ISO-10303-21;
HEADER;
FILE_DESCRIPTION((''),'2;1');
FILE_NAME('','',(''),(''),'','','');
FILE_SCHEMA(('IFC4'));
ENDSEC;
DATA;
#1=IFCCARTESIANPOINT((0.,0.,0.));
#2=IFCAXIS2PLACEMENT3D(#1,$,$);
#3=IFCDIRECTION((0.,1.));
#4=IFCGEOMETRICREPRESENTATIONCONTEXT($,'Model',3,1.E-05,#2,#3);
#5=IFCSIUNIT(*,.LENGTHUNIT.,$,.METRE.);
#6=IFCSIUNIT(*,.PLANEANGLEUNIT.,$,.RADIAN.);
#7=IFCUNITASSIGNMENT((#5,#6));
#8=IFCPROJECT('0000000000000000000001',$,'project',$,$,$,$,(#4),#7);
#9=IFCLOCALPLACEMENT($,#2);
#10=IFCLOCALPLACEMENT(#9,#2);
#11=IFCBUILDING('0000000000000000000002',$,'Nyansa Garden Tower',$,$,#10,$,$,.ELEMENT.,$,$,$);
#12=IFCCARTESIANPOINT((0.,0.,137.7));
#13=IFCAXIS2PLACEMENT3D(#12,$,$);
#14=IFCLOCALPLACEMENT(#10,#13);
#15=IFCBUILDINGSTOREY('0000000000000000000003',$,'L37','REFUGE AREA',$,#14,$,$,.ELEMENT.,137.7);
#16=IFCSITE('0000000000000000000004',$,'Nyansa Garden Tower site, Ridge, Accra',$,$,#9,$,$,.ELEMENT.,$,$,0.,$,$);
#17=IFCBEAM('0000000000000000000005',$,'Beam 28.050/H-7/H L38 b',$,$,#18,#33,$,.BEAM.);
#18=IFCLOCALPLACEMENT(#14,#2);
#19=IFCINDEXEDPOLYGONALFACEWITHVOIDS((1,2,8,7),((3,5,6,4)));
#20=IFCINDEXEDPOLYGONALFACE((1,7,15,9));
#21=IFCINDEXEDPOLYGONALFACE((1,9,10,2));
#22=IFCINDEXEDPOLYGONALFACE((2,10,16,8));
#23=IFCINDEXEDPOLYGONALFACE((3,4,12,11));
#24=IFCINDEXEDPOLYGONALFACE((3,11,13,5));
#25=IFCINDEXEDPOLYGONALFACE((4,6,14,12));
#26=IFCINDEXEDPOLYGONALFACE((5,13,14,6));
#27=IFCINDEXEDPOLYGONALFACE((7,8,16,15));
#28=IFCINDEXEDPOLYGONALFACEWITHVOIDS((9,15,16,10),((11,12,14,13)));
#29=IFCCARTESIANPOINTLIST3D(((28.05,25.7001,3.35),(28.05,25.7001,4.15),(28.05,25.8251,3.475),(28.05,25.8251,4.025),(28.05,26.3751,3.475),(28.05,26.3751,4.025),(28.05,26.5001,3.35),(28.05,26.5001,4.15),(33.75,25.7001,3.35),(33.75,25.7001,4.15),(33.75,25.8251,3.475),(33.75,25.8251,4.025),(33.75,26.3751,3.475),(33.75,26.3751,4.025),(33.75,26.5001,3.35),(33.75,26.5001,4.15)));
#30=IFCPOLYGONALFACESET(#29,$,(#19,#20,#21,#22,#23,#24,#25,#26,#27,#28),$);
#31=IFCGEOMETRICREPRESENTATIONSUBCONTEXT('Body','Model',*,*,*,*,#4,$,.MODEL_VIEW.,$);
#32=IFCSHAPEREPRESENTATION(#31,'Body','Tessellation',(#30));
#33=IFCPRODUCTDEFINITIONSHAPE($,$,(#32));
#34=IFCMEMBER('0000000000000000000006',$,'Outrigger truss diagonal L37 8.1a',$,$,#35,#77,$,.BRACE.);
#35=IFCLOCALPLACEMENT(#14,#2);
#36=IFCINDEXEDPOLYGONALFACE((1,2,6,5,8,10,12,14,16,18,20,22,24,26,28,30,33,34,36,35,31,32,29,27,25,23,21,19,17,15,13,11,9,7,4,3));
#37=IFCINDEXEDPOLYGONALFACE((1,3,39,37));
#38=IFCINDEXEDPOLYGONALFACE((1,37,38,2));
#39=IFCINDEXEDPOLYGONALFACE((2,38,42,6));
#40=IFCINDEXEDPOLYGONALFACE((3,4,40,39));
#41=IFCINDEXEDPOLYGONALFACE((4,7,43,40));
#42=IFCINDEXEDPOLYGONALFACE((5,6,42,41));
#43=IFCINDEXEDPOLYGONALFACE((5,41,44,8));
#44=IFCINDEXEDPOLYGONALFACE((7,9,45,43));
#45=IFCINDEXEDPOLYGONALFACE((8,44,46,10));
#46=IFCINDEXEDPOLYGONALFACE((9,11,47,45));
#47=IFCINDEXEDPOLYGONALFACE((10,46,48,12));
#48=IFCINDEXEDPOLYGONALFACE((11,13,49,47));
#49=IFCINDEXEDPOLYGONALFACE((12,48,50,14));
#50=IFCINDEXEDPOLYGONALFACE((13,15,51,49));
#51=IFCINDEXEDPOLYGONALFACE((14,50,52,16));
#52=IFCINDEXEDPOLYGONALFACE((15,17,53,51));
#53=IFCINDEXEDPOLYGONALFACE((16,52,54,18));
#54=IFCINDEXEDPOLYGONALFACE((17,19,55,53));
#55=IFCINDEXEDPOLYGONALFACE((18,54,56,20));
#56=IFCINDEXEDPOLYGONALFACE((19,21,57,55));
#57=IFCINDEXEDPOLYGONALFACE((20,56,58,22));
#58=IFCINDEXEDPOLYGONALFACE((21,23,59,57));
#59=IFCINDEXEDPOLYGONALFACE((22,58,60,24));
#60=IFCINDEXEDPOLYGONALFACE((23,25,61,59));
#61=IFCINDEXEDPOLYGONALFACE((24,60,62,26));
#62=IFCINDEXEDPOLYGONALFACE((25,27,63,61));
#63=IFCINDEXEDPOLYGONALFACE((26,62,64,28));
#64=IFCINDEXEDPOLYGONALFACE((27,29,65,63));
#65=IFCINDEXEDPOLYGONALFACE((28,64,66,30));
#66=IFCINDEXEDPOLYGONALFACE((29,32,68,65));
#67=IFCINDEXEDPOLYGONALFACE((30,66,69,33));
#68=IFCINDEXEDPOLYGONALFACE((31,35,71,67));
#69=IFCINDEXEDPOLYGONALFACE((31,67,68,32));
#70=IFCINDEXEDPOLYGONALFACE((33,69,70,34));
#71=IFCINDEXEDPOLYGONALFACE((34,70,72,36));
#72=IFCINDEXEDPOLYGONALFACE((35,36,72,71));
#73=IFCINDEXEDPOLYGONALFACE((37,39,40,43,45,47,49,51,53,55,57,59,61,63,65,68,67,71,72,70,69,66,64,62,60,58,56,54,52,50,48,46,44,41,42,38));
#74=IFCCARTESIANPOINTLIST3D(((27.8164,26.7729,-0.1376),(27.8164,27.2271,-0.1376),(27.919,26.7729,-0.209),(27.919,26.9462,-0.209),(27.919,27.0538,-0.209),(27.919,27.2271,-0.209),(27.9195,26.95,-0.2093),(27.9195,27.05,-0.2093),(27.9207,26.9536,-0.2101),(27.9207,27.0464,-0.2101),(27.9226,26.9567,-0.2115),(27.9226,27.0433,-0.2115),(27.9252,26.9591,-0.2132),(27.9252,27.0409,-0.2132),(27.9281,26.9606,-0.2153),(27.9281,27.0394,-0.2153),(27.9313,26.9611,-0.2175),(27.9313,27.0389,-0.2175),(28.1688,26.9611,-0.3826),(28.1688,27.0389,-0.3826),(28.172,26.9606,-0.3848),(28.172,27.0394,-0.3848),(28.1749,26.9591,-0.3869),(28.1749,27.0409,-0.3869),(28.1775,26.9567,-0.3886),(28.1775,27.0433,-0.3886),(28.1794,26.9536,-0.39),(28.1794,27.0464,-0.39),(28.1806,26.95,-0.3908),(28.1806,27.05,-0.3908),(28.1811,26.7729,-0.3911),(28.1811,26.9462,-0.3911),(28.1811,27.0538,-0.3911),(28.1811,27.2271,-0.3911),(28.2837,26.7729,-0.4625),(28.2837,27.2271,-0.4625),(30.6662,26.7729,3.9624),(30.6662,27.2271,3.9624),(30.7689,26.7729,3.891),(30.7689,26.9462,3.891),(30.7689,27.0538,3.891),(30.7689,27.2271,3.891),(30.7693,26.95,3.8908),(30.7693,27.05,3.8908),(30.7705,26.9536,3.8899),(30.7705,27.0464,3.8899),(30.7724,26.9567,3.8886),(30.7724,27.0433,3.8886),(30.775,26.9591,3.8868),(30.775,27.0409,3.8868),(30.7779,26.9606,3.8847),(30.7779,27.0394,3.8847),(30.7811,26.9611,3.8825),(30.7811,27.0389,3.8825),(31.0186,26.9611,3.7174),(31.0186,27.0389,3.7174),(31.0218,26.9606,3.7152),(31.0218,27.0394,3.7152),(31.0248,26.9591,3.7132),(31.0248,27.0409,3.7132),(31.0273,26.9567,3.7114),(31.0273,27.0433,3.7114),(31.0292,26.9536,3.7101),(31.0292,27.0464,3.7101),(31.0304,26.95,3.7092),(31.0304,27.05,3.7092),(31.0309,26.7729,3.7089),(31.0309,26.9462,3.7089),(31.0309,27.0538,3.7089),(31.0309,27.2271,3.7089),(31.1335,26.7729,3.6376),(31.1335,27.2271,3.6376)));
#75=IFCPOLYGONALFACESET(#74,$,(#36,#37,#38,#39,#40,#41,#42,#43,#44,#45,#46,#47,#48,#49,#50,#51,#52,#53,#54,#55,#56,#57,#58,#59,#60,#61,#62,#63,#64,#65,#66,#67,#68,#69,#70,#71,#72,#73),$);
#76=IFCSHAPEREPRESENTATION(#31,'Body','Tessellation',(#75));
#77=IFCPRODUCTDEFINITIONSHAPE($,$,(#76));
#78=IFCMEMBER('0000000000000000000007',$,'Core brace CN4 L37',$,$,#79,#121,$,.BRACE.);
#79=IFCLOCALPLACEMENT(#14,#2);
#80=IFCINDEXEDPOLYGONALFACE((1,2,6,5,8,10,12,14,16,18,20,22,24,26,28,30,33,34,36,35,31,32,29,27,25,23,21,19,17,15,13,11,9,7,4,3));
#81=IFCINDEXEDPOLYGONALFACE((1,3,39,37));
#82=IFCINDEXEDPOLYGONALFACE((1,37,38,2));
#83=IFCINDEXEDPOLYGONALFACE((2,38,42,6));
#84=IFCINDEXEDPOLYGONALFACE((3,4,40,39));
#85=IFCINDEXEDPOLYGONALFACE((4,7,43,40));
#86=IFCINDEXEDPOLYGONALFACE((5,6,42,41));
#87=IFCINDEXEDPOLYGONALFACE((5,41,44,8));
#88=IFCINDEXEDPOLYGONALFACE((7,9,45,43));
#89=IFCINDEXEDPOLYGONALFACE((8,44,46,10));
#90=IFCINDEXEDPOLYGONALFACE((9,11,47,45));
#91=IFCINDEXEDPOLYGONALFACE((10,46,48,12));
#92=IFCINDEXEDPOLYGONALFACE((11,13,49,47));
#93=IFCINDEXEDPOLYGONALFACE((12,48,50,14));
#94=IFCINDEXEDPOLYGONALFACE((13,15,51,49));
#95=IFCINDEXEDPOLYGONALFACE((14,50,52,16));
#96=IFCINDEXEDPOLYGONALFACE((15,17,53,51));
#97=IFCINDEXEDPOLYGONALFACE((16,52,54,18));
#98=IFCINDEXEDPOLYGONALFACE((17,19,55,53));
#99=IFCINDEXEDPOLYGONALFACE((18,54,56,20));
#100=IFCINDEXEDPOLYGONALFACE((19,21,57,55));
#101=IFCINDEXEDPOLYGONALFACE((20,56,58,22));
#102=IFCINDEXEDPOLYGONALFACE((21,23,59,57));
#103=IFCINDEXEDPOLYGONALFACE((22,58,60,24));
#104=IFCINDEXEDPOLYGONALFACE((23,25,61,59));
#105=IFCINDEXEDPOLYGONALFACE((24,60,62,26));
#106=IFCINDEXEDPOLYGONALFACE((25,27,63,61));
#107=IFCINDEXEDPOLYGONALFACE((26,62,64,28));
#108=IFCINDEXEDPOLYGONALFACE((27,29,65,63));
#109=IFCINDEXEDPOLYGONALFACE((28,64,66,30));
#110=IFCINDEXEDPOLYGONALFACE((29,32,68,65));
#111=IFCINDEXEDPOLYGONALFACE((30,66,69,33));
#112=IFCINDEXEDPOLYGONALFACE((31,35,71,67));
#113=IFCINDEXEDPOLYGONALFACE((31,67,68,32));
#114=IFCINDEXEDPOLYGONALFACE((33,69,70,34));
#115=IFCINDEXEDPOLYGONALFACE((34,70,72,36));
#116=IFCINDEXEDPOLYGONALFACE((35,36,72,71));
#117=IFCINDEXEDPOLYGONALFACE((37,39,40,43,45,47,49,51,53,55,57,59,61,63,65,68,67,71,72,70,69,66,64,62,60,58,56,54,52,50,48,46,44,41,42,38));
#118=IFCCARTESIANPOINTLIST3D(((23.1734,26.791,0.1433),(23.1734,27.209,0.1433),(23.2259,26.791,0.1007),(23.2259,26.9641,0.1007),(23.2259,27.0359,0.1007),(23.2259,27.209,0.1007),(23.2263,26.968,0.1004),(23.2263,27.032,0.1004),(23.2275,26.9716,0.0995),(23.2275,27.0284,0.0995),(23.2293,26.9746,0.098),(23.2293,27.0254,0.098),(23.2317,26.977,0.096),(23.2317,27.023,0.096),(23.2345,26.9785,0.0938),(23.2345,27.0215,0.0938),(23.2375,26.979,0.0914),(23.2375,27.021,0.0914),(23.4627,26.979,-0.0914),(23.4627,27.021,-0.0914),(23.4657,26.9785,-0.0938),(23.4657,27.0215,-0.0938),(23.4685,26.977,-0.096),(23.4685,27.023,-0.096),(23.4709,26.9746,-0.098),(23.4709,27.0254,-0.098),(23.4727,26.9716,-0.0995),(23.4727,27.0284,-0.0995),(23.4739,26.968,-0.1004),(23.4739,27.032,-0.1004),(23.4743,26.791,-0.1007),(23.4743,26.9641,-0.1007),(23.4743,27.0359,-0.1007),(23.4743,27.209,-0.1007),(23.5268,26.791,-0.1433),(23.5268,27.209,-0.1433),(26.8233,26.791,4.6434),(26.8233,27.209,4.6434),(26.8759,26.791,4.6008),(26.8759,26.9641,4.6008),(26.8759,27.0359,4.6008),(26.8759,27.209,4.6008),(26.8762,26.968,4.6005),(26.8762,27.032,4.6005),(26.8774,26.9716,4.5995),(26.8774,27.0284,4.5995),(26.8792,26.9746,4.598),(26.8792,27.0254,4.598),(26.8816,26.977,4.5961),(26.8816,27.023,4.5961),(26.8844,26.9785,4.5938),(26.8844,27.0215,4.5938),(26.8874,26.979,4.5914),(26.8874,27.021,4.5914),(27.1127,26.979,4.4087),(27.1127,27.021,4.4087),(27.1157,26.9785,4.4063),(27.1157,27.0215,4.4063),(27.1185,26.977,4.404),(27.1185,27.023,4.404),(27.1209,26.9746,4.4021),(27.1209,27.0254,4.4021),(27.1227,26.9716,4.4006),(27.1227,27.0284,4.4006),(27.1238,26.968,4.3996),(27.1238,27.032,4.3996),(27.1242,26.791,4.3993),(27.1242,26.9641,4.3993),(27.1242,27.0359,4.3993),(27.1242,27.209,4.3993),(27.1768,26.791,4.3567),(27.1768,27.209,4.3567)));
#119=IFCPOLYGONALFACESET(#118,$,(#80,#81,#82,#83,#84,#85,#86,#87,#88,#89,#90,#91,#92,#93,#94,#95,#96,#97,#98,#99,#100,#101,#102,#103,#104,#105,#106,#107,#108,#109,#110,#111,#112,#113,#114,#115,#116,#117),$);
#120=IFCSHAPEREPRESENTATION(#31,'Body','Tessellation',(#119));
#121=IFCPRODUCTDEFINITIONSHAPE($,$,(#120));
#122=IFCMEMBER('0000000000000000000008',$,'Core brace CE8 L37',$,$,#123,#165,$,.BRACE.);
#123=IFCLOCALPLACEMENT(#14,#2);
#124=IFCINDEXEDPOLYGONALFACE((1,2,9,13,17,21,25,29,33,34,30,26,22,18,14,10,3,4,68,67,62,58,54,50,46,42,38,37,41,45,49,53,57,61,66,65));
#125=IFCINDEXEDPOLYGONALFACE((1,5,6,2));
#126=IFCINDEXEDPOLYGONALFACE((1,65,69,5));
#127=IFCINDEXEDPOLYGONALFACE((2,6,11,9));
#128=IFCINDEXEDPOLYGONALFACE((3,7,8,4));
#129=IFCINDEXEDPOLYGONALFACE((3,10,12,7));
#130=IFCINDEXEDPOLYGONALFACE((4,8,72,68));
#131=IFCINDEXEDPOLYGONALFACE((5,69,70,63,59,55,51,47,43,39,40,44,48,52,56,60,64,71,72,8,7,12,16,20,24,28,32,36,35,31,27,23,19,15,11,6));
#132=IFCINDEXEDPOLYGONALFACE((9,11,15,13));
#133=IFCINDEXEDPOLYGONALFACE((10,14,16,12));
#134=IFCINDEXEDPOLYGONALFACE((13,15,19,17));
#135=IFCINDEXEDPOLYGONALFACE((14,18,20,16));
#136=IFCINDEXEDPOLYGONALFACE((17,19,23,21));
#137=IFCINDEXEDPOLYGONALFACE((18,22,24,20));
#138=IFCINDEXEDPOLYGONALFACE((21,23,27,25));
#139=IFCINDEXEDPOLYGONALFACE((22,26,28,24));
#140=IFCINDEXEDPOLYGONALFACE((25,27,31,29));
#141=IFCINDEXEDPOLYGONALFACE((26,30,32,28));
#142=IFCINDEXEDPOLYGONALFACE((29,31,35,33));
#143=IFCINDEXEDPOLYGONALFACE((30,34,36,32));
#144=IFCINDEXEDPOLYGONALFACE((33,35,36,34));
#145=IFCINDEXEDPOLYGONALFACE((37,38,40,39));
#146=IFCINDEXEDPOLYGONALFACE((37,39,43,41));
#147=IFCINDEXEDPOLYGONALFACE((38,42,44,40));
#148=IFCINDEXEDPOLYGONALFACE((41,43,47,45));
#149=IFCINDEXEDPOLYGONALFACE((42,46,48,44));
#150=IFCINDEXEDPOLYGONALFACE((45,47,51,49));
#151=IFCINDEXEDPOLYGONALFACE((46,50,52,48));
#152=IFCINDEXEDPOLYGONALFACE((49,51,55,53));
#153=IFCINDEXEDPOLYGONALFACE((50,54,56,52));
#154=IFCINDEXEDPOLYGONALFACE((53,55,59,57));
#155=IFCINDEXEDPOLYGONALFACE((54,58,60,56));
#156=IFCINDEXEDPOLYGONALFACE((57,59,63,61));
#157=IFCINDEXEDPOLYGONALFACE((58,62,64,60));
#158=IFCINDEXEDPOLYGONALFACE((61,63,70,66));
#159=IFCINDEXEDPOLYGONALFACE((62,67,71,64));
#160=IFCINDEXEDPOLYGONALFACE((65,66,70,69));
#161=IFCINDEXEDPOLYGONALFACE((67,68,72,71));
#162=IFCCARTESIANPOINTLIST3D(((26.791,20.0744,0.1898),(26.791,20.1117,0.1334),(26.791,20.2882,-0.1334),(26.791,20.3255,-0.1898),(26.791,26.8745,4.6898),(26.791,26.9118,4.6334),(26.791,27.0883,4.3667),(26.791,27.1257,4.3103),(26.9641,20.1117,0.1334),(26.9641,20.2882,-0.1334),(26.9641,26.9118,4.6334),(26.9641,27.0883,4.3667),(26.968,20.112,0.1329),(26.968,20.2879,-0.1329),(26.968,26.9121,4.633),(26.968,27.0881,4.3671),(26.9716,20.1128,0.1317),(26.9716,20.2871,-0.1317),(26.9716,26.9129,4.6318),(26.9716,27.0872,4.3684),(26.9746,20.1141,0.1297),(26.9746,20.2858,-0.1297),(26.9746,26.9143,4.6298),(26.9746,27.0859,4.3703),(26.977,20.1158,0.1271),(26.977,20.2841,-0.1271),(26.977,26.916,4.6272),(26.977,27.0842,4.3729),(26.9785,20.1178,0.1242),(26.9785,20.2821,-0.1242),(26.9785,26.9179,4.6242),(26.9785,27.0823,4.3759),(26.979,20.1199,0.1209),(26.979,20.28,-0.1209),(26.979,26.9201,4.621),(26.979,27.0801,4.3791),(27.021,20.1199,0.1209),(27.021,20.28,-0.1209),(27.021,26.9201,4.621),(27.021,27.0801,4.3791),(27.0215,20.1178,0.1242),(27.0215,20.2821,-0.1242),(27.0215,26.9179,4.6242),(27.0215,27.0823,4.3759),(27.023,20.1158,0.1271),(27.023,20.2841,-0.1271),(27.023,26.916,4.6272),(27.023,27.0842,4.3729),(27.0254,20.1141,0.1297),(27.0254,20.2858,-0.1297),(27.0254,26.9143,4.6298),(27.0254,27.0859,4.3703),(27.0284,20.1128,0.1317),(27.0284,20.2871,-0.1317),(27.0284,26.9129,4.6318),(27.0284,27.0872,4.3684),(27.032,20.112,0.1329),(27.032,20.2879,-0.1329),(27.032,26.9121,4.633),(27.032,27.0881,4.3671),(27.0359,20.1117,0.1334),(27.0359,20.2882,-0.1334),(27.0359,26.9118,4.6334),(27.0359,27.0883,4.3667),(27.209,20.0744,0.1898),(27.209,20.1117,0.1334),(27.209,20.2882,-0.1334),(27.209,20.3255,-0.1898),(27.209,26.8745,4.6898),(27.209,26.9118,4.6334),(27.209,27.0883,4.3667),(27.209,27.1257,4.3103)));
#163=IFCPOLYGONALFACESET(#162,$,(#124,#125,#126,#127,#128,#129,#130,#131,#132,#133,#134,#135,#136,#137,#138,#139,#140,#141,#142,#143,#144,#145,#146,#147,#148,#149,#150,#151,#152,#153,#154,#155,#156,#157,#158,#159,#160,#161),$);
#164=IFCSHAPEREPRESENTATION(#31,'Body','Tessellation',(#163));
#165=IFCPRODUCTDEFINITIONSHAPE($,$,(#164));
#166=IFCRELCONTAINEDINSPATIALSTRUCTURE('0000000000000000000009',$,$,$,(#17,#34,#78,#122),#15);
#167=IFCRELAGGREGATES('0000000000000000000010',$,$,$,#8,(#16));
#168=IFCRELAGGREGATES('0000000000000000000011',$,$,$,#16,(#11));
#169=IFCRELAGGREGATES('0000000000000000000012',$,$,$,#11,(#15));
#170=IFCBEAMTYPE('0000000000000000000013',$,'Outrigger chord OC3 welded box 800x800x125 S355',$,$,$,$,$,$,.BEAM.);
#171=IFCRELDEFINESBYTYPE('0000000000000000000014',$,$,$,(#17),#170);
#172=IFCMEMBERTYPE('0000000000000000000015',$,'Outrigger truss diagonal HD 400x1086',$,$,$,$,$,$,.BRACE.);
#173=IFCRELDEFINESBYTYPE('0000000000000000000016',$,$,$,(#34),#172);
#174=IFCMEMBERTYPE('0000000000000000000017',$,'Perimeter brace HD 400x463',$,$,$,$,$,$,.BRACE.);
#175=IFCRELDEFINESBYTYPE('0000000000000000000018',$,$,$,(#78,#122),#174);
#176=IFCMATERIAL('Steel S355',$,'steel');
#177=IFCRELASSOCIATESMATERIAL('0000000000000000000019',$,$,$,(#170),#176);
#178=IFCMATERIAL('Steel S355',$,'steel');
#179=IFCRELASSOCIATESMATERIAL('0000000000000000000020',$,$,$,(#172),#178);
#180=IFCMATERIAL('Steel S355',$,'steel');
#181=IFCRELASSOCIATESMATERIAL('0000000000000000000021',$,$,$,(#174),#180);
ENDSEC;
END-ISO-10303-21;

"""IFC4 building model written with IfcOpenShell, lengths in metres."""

from ifc_helpers import new_model, si_unit, direction, frame, origin, origin_2d, place, context, subcontext, project, spatial, hollow_rectangle, i_section, extrude, material, material_profile, profile_set, type_object, element, save


model = new_model("IFC4")

# Units and contexts
model_context = context("Model", 3, precision=1e-05, world=origin(), true_north=direction((0.0, 1.0)))
body_context = subcontext(model_context, "Body", "Model", "MODEL_VIEW")
ifc_project = project(units=[si_unit("LENGTHUNIT", "METRE"), si_unit("PLANEANGLEUNIT", "RADIAN")], contexts=[model_context])

# Site, building, storey
site_placement = place(None, origin())
site = spatial("IfcSite", under=ifc_project, at=site_placement, Name="Nyansa Garden Tower site, Ridge, Accra", CompositionType="ELEMENT", RefElevation=0.0)
building_placement = place(site_placement, origin())
building = spatial("IfcBuilding", under=site, at=building_placement, Name="Nyansa Garden Tower", CompositionType="ELEMENT")
storey_placement = place(building_placement, frame((0.0, 0.0, 137.7)))
storey = spatial("IfcBuildingStorey", under=building, at=storey_placement, Name="L37", Description="REFUGE AREA", CompositionType="ELEMENT", Elevation=137.7)

# Beam
ifc_material_1 = material(Name="Steel S355", Category="steel")
ifc_material_profile_1 = material_profile(ifc_material_1, hollow_rectangle(XDim=0.8, YDim=0.8, WallThickness=0.125, at=origin_2d()), Name="Welded box 800x800x125")
ifc_profile_set_1 = profile_set([ifc_material_profile_1], Name="Steel S355")
beam_type_1 = type_object("IfcBeamType", Name="Outrigger chord OC3 welded box 800x800x125 S355", PredefinedType="BEAM", material=ifc_profile_set_1)
beam_1_placement = place(storey_placement, frame((28.05, 26.1001, 3.75), z_axis=(1.0, 0.0, 0.0), x_axis=(0.0, 1.0, 0.0)))
element("IfcBeam", 1, at=beam_1_placement, inside=storey, type_object=beam_type_1, Name="Beam 28.050/H-7/H L38 b", PredefinedType="BEAM", context=body_context, shape_type="SweptSolid", body=[
    extrude(hollow_rectangle(XDim=0.8, YDim=0.8, WallThickness=0.125, at=origin_2d()), origin(), (0.0, 0.0, 1.0), 5.7),
])

# Members
ifc_material_2 = material(Name="Steel S355", Category="steel")
ifc_material_profile_2 = material_profile(ifc_material_2, i_section(OverallWidth=0.4541, OverallDepth=0.5691, WebThickness=0.0779, FlangeThickness=0.125, FilletRadius=0.0149, at=origin_2d()), Name="HD 400x1086")
ifc_profile_set_2 = profile_set([ifc_material_profile_2], Name="Steel S355")
member_type_1 = type_object("IfcMemberType", Name="Outrigger truss diagonal HD 400x1086", PredefinedType="BRACE", material=ifc_profile_set_2)
member_1_placement = place(storey_placement, frame((28.05, 27.0, -0.3), z_axis=(0.570742, 0.0, 0.821129), x_axis=(0.0, 1.0, 0.0)))
element("IfcMember", 2, at=member_1_placement, inside=storey, type_object=member_type_1, Name="Outrigger truss diagonal L37 8.1a", PredefinedType="BRACE", context=body_context, shape_type="SweptSolid", body=[
    extrude(i_section(OverallWidth=0.4541, OverallDepth=0.5691, WebThickness=0.0779, FlangeThickness=0.125, FilletRadius=0.0149, at=origin_2d()), origin(), (0.0, 0.0, 1.0), 4.9932),
])
ifc_material_3 = material(Name="Steel S355", Category="steel")
ifc_material_profile_3 = material_profile(ifc_material_3, i_section(OverallWidth=0.418, OverallDepth=0.4551, WebThickness=0.042, FlangeThickness=0.0676, FilletRadius=0.0149, at=origin_2d()), Name="HD 400x463")
ifc_profile_set_3 = profile_set([ifc_material_profile_3], Name="Steel S355")
member_type_2 = type_object("IfcMemberType", Name="Perimeter brace HD 400x463", PredefinedType="BRACE", material=ifc_profile_set_3)
member_2_placement = place(storey_placement, frame((23.3501, 27.0, 0.0), z_axis=(0.629932, 0.0, 0.77665), x_axis=(0.0, 1.0, 0.0)))
element("IfcMember", 3, at=member_2_placement, inside=storey, type_object=member_type_2, Name="Core brace CN4 L37", PredefinedType="BRACE", context=body_context, shape_type="SweptSolid", body=[
    extrude(i_section(OverallWidth=0.418, OverallDepth=0.4551, WebThickness=0.042, FlangeThickness=0.0676, FilletRadius=0.0149, at=origin_2d()), origin(), (0.0, 0.0, 1.0), 5.7942),
])
member_3_placement = place(storey_placement, frame((27.0, 20.2, 0.0), z_axis=(0.0, 0.833934, 0.551864), x_axis=(-1.0, 0.0, 0.0)))
element("IfcMember", 4, at=member_3_placement, inside=storey, type_object=member_type_2, Name="Core brace CE8 L37", PredefinedType="BRACE", context=body_context, shape_type="SweptSolid", body=[
    extrude(i_section(OverallWidth=0.418, OverallDepth=0.4551, WebThickness=0.042, FlangeThickness=0.0676, FilletRadius=0.0149, at=origin_2d()), origin(), (0.0, 0.0, 1.0), 8.1543),
])

save(model, "model.ifc")
